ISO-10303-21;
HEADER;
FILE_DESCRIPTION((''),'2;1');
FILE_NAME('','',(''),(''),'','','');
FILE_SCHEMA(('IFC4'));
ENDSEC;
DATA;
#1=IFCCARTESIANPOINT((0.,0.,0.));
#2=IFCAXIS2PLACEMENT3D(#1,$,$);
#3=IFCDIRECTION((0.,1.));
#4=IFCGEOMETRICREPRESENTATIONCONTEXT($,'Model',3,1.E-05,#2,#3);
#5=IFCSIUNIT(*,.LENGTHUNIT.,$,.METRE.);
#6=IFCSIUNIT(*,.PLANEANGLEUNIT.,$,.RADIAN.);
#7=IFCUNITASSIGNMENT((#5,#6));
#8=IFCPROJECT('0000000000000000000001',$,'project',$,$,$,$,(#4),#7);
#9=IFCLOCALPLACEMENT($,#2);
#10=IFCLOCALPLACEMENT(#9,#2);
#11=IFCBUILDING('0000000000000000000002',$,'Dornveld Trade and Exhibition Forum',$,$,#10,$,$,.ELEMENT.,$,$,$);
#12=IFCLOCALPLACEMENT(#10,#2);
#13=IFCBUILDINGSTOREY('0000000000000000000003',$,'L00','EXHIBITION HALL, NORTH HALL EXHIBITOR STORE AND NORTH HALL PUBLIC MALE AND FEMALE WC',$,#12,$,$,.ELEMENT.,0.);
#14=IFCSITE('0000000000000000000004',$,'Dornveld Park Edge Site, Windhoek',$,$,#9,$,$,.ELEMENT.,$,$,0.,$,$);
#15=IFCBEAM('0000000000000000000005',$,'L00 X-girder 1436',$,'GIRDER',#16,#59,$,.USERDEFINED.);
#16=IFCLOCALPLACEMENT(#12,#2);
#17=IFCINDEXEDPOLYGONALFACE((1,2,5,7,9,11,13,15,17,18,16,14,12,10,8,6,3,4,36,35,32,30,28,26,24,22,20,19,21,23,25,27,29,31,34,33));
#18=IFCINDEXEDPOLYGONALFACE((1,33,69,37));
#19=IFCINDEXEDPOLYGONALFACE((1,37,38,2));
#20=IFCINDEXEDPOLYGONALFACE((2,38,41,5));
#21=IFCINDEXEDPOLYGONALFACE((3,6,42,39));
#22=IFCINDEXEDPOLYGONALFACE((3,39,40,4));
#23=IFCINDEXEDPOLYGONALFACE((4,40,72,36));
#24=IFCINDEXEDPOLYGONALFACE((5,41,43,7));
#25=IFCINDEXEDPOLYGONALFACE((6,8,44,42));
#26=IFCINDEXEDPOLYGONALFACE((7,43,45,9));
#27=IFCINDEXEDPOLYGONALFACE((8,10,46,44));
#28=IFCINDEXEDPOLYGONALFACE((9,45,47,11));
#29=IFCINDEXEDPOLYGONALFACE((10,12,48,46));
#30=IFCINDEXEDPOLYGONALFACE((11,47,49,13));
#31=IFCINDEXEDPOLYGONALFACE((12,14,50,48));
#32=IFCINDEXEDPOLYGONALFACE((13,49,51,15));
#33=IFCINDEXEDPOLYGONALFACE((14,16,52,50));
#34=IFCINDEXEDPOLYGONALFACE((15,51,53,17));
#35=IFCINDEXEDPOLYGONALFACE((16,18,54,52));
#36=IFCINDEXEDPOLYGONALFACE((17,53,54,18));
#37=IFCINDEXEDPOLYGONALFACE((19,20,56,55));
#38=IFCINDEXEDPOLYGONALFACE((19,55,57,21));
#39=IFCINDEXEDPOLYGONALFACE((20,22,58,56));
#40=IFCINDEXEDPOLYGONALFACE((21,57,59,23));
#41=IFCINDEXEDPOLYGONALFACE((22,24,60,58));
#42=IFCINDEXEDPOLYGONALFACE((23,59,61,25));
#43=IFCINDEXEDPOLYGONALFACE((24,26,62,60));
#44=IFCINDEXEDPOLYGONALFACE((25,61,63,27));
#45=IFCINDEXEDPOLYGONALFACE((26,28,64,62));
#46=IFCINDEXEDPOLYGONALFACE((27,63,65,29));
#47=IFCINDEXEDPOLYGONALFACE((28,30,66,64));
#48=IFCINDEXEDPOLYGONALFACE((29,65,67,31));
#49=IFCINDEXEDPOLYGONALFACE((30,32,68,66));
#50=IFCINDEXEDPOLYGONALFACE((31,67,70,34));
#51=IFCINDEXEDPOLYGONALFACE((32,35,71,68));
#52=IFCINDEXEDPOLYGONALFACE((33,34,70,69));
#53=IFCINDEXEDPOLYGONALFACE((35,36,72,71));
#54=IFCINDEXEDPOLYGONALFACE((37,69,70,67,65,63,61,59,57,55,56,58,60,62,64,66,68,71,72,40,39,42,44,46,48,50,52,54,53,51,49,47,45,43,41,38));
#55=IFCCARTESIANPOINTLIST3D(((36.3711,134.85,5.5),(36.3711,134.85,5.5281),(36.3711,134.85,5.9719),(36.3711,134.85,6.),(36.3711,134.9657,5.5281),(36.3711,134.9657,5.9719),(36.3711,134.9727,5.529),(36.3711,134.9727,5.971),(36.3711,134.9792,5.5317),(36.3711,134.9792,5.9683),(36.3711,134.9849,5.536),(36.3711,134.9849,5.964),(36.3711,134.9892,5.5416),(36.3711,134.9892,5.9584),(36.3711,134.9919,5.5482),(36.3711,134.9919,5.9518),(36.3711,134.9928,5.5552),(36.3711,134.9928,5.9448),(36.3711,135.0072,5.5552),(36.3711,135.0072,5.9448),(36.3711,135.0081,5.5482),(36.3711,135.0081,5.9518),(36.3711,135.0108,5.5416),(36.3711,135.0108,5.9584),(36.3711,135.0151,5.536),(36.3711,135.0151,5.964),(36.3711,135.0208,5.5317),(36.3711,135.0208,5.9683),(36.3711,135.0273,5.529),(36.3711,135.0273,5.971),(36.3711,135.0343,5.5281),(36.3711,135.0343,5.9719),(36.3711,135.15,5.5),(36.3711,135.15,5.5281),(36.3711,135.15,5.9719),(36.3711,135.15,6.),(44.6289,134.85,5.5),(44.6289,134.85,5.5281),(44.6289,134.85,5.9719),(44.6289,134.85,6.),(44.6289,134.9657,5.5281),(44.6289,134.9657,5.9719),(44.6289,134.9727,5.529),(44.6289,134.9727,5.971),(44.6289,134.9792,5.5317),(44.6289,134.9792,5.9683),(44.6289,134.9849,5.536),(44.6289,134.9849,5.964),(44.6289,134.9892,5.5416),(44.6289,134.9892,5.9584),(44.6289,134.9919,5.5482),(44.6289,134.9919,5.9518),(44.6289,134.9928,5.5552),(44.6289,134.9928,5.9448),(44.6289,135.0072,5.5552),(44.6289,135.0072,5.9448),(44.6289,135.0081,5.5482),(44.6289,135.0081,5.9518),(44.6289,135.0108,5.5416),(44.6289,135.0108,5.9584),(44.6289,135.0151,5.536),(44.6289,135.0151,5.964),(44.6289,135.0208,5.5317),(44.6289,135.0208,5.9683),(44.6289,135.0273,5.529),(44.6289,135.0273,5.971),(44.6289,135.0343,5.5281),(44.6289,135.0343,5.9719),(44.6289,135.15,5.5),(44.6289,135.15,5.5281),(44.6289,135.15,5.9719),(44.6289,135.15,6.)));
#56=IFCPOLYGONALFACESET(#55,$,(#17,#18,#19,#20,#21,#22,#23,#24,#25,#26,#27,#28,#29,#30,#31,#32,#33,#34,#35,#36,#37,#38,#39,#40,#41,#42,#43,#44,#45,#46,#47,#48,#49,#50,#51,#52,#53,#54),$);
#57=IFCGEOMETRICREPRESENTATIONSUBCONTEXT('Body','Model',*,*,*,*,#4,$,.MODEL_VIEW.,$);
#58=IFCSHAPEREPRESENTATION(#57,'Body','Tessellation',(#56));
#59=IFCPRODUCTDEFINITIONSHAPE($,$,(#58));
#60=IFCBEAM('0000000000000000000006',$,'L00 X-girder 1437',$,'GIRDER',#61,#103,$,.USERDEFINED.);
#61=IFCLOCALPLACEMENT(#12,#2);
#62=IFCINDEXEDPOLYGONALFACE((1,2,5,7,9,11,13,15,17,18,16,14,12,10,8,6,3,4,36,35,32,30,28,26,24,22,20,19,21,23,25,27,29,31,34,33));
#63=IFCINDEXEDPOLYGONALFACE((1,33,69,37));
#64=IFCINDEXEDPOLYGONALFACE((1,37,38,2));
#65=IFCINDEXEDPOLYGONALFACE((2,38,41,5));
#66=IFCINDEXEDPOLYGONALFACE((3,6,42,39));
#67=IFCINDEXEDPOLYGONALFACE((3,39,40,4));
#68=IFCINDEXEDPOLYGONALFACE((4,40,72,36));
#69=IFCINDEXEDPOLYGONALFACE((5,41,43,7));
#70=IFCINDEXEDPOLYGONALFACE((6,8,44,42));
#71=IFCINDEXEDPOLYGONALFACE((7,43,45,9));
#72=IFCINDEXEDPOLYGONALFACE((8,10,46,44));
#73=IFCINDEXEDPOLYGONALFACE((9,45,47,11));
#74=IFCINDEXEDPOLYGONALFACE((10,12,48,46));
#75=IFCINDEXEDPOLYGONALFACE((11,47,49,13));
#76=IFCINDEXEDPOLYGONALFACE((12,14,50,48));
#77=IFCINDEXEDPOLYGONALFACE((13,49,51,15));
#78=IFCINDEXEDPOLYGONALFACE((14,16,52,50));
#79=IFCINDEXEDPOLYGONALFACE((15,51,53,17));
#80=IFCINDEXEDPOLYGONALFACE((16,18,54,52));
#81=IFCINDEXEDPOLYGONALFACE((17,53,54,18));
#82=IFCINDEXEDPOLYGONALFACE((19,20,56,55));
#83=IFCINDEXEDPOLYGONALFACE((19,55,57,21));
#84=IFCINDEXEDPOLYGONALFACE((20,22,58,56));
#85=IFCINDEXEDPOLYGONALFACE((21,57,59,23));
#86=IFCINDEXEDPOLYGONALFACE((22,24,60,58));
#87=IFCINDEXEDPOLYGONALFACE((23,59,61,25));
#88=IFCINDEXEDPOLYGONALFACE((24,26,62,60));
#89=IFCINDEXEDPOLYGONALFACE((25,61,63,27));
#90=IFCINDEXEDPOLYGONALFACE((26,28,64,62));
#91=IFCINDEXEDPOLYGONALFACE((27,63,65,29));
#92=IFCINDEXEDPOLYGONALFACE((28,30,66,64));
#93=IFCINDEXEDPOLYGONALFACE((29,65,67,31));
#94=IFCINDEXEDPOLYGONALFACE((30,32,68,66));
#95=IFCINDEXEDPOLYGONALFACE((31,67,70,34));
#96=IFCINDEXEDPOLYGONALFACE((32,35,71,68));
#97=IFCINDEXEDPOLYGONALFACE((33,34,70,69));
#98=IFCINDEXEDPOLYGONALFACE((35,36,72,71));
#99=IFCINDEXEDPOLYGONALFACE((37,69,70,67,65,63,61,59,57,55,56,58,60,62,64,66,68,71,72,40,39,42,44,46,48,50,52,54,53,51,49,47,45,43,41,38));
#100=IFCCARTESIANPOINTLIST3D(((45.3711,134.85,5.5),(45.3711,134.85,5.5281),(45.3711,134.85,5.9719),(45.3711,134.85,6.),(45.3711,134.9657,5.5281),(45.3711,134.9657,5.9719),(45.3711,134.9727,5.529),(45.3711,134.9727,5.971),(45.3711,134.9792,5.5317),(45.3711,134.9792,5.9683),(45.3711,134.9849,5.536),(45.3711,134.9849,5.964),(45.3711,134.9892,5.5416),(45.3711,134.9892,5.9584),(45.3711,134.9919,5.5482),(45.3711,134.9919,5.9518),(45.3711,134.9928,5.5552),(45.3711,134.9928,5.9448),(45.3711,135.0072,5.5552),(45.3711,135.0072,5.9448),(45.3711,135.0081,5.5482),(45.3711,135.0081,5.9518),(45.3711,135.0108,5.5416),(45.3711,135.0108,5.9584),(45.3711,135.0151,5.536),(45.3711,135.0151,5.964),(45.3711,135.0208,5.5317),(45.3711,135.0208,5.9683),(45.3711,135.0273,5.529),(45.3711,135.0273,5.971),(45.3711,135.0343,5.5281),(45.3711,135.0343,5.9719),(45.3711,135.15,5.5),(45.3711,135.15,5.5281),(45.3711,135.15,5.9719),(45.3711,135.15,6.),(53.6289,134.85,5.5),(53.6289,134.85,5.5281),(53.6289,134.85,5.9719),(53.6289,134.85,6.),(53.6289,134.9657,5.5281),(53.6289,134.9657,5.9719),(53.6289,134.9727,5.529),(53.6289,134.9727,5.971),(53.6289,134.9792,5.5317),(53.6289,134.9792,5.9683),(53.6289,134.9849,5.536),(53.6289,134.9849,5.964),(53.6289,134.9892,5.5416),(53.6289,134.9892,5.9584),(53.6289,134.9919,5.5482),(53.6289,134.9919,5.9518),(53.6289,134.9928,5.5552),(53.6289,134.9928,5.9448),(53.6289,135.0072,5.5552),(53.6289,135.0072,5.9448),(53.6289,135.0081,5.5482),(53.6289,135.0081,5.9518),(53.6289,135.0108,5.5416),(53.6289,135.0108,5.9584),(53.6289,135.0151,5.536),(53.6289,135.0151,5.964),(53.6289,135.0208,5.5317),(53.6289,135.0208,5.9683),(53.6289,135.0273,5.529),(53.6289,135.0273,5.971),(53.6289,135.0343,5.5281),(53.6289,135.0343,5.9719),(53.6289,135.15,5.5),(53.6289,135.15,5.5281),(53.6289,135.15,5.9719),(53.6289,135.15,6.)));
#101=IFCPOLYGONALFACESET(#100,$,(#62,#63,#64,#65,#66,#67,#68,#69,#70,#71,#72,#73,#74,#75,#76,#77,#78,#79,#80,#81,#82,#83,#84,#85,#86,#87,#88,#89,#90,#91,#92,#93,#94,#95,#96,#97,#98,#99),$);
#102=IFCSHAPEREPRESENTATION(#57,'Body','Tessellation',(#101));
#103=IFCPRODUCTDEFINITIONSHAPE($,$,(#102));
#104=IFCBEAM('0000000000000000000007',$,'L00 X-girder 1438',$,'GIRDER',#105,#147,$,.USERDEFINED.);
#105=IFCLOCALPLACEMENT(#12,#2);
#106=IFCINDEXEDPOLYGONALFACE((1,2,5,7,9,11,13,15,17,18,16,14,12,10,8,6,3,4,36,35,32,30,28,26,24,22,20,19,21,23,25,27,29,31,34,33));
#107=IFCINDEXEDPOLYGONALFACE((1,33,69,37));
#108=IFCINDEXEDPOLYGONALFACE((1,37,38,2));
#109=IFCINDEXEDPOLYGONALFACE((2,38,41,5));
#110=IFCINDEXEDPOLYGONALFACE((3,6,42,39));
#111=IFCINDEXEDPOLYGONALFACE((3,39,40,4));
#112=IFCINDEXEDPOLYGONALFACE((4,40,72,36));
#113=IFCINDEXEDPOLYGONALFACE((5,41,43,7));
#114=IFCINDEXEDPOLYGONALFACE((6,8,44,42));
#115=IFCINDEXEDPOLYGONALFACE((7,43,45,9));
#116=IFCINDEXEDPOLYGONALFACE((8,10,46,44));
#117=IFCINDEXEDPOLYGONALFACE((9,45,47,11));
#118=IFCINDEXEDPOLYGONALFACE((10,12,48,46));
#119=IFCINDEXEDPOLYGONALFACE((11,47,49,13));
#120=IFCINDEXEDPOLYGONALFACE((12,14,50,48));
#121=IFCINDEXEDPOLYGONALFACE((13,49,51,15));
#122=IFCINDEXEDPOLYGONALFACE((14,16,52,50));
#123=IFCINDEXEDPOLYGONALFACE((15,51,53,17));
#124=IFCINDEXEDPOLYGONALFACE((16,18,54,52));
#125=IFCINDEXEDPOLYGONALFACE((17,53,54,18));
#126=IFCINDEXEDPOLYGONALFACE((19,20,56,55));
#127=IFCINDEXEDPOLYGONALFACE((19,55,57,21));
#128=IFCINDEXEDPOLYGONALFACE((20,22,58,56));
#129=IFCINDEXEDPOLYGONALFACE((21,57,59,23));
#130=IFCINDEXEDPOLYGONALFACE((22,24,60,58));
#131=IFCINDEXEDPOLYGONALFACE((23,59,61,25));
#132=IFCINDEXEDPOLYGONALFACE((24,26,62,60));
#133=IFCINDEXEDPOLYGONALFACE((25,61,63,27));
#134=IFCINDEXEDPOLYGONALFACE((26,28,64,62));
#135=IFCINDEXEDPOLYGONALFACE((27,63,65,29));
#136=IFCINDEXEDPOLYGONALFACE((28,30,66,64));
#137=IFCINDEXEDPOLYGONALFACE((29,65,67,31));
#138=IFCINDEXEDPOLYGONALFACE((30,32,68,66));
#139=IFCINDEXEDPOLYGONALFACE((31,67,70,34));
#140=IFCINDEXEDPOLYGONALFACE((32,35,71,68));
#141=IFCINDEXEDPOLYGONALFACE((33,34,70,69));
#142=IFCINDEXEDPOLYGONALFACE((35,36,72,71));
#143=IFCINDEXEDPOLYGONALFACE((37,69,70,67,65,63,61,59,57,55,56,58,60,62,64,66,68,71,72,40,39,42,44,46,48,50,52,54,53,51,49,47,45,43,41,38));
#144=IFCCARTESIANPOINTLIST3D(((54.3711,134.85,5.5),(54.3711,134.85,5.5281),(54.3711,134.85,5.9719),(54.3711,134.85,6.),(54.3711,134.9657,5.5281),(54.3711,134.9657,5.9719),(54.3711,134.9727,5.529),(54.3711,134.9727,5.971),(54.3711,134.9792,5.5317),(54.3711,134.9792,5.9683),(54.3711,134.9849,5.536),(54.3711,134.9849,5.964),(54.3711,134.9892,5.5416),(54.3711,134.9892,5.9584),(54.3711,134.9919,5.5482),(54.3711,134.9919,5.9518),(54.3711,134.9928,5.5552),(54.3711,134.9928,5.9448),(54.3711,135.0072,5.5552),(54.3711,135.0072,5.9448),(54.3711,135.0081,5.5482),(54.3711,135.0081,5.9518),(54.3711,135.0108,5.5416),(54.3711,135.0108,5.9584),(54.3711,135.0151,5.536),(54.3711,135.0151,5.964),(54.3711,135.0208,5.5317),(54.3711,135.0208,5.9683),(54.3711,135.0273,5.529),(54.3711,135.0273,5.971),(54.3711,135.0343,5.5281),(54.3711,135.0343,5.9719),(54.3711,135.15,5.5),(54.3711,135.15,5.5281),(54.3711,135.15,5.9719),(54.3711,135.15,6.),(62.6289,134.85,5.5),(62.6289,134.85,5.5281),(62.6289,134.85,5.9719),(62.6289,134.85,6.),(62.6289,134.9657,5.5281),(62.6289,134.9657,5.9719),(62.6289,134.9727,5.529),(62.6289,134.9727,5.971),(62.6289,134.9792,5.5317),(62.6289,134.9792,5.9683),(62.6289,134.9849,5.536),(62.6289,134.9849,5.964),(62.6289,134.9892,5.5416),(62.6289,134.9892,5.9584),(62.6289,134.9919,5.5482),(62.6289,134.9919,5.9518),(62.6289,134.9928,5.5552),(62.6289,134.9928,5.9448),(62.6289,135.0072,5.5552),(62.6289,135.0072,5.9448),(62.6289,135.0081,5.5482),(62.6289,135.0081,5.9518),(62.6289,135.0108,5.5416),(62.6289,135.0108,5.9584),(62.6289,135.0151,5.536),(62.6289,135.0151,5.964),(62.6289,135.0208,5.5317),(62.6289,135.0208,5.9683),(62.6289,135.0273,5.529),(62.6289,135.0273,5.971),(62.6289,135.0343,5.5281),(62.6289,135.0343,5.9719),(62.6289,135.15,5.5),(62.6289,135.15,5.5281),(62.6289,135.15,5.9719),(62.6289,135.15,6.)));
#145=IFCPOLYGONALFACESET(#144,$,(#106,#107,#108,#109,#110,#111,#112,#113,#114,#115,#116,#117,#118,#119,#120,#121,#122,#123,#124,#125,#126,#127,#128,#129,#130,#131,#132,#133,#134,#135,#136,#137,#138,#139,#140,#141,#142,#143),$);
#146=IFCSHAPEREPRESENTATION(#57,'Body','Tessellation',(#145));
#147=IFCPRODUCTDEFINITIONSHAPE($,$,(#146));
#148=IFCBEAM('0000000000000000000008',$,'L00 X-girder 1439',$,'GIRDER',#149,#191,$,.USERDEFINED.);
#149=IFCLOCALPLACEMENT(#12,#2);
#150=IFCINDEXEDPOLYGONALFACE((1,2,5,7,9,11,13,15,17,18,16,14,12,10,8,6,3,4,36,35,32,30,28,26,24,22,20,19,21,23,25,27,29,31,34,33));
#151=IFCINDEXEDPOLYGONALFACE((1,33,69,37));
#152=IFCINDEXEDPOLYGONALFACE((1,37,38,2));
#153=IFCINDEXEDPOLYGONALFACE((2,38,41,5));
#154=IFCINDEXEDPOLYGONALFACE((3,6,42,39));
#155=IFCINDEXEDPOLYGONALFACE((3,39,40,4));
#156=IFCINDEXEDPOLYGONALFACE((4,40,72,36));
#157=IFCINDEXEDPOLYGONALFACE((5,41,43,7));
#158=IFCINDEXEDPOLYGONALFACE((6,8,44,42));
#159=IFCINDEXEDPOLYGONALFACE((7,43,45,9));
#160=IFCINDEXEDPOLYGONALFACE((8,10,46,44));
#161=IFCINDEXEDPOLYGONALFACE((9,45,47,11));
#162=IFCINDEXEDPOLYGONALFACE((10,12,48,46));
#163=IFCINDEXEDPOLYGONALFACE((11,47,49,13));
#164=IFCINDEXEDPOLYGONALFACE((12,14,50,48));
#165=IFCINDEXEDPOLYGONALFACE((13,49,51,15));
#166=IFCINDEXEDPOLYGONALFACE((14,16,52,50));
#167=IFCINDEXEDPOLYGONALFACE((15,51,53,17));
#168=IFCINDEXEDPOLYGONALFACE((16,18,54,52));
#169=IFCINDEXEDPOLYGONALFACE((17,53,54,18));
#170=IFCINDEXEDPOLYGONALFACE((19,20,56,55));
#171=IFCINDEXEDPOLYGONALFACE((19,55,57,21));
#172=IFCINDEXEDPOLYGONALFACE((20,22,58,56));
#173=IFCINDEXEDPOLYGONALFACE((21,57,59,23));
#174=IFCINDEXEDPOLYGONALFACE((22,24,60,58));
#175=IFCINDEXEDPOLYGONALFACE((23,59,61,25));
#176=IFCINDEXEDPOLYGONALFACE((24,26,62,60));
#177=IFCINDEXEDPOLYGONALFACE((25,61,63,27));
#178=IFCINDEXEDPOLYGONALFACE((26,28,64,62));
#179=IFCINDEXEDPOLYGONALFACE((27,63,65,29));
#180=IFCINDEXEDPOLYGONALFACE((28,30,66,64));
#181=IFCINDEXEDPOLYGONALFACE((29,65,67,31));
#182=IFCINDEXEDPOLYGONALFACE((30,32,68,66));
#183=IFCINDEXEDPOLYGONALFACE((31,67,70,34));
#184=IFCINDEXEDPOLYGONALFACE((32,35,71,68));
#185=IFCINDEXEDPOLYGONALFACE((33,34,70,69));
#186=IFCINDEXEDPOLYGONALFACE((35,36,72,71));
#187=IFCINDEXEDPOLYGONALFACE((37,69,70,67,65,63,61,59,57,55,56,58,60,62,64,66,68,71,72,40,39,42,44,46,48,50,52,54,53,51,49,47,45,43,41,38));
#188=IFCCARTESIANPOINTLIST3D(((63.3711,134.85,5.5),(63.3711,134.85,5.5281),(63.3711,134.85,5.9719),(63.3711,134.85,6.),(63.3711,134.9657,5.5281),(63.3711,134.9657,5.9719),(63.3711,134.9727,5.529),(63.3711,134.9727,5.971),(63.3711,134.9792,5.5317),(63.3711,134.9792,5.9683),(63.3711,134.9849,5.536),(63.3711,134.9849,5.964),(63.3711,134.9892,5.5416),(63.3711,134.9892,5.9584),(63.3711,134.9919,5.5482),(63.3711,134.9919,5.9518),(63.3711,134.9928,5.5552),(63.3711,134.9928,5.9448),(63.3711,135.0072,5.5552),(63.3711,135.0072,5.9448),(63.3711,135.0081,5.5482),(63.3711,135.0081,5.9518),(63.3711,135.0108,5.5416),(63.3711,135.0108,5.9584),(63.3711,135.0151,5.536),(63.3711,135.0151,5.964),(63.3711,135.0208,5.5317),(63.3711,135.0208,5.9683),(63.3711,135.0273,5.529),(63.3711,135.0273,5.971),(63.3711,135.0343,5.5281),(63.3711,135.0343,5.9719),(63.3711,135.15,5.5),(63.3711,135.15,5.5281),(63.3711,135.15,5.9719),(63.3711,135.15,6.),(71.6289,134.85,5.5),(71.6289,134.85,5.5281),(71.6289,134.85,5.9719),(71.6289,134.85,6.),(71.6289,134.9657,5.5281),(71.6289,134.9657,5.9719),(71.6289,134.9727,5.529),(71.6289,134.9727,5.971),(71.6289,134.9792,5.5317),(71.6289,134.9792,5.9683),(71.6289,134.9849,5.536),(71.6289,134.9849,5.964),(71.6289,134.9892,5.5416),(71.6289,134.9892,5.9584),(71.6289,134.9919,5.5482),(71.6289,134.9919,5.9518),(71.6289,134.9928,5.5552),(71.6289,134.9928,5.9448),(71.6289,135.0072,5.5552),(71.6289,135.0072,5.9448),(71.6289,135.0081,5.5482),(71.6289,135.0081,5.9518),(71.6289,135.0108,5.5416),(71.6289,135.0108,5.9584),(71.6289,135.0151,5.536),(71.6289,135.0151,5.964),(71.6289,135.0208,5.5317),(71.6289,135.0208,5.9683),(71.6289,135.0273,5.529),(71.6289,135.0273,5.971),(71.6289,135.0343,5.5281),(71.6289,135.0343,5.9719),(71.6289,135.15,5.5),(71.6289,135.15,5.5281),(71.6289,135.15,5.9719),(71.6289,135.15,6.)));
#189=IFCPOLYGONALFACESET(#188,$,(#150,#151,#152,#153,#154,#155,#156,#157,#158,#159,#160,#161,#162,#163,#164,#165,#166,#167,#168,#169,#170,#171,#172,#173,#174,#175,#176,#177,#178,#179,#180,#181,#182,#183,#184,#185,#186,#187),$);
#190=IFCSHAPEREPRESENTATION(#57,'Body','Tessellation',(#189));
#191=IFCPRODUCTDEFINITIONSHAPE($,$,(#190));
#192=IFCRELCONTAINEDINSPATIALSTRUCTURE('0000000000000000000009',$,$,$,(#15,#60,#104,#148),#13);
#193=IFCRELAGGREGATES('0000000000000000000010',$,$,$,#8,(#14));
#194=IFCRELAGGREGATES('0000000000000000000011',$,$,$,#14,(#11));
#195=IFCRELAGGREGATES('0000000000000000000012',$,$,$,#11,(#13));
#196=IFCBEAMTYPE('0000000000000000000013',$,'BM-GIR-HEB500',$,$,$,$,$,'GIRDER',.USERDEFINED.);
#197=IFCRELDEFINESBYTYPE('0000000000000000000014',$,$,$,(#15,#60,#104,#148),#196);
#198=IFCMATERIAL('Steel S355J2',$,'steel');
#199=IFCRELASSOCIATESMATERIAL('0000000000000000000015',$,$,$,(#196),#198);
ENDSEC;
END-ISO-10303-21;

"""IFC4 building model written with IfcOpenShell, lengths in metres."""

from ifc_helpers import new_model, si_unit, direction, frame, origin, origin_2d, place, context, subcontext, project, spatial, i_section, extrude, material, material_profile, profile_set, type_object, element, save


model = new_model("IFC4")

# Units and contexts
model_context = context("Model", 3, precision=1e-05, world=origin(), true_north=direction((0.0, 1.0)))
body_context = subcontext(model_context, "Body", "Model", "MODEL_VIEW")
ifc_project = project(units=[si_unit("LENGTHUNIT", "METRE"), si_unit("PLANEANGLEUNIT", "RADIAN")], contexts=[model_context])

# Site, building, storey
site_placement = place(None, origin())
site = spatial("IfcSite", under=ifc_project, at=site_placement, Name="Dornveld Park Edge Site, Windhoek", CompositionType="ELEMENT", RefElevation=0.0)
building_placement = place(site_placement, origin())
building = spatial("IfcBuilding", under=site, at=building_placement, Name="Dornveld Trade and Exhibition Forum", CompositionType="ELEMENT")
storey_placement = place(building_placement, origin())
storey = spatial("IfcBuildingStorey", under=building, at=storey_placement, Name="L00", Description="EXHIBITION HALL, NORTH HALL EXHIBITOR STORE AND NORTH HALL PUBLIC MALE AND FEMALE WC", CompositionType="ELEMENT", Elevation=0.0)

# Beams
ifc_material_1 = material(Name="Steel S355J2", Category="steel")
ifc_material_profile_1 = material_profile(ifc_material_1, i_section(OverallWidth=0.3, OverallDepth=0.5, WebThickness=0.0144, FlangeThickness=0.0281, FilletRadius=0.0271, at=origin_2d()), Name="HEB 500")
ifc_profile_set_1 = profile_set([ifc_material_profile_1], Name="Steel S355J2")
beam_type_1 = type_object("IfcBeamType", Name="BM-GIR-HEB500", ElementType="GIRDER", PredefinedType="USERDEFINED", material=ifc_profile_set_1)
for number, where, z_axis, x_axis, name in (
    (1, (36.3711, 135.0, 5.75), (1.0, 0.0, 0.0), (0.0, 1.0, 0.0), "L00 X-girder 1436"),
    (2, (45.3711, 135.0, 5.75), (1.0, 0.0, 0.0), (0.0, 1.0, 0.0), "L00 X-girder 1437"),
    (3, (54.3711, 135.0, 5.75), (1.0, 0.0, 0.0), (0.0, 1.0, 0.0), "L00 X-girder 1438"),
    (4, (63.3711, 135.0, 5.75), (1.0, 0.0, 0.0), (0.0, 1.0, 0.0), "L00 X-girder 1439"),
):
    element("IfcBeam", number, at=place(storey_placement, frame(where, z_axis=z_axis, x_axis=x_axis)), inside=storey, type_object=beam_type_1, Name=name, ObjectType="GIRDER", PredefinedType="USERDEFINED", context=body_context, shape_type="SweptSolid", body=[
        extrude(i_section(OverallWidth=0.3, OverallDepth=0.5, WebThickness=0.0144, FlangeThickness=0.0281, FilletRadius=0.0271, at=origin_2d()), origin(), (0.0, 0.0, 1.0), 8.2578),
    ])

save(model, "model.ifc")
